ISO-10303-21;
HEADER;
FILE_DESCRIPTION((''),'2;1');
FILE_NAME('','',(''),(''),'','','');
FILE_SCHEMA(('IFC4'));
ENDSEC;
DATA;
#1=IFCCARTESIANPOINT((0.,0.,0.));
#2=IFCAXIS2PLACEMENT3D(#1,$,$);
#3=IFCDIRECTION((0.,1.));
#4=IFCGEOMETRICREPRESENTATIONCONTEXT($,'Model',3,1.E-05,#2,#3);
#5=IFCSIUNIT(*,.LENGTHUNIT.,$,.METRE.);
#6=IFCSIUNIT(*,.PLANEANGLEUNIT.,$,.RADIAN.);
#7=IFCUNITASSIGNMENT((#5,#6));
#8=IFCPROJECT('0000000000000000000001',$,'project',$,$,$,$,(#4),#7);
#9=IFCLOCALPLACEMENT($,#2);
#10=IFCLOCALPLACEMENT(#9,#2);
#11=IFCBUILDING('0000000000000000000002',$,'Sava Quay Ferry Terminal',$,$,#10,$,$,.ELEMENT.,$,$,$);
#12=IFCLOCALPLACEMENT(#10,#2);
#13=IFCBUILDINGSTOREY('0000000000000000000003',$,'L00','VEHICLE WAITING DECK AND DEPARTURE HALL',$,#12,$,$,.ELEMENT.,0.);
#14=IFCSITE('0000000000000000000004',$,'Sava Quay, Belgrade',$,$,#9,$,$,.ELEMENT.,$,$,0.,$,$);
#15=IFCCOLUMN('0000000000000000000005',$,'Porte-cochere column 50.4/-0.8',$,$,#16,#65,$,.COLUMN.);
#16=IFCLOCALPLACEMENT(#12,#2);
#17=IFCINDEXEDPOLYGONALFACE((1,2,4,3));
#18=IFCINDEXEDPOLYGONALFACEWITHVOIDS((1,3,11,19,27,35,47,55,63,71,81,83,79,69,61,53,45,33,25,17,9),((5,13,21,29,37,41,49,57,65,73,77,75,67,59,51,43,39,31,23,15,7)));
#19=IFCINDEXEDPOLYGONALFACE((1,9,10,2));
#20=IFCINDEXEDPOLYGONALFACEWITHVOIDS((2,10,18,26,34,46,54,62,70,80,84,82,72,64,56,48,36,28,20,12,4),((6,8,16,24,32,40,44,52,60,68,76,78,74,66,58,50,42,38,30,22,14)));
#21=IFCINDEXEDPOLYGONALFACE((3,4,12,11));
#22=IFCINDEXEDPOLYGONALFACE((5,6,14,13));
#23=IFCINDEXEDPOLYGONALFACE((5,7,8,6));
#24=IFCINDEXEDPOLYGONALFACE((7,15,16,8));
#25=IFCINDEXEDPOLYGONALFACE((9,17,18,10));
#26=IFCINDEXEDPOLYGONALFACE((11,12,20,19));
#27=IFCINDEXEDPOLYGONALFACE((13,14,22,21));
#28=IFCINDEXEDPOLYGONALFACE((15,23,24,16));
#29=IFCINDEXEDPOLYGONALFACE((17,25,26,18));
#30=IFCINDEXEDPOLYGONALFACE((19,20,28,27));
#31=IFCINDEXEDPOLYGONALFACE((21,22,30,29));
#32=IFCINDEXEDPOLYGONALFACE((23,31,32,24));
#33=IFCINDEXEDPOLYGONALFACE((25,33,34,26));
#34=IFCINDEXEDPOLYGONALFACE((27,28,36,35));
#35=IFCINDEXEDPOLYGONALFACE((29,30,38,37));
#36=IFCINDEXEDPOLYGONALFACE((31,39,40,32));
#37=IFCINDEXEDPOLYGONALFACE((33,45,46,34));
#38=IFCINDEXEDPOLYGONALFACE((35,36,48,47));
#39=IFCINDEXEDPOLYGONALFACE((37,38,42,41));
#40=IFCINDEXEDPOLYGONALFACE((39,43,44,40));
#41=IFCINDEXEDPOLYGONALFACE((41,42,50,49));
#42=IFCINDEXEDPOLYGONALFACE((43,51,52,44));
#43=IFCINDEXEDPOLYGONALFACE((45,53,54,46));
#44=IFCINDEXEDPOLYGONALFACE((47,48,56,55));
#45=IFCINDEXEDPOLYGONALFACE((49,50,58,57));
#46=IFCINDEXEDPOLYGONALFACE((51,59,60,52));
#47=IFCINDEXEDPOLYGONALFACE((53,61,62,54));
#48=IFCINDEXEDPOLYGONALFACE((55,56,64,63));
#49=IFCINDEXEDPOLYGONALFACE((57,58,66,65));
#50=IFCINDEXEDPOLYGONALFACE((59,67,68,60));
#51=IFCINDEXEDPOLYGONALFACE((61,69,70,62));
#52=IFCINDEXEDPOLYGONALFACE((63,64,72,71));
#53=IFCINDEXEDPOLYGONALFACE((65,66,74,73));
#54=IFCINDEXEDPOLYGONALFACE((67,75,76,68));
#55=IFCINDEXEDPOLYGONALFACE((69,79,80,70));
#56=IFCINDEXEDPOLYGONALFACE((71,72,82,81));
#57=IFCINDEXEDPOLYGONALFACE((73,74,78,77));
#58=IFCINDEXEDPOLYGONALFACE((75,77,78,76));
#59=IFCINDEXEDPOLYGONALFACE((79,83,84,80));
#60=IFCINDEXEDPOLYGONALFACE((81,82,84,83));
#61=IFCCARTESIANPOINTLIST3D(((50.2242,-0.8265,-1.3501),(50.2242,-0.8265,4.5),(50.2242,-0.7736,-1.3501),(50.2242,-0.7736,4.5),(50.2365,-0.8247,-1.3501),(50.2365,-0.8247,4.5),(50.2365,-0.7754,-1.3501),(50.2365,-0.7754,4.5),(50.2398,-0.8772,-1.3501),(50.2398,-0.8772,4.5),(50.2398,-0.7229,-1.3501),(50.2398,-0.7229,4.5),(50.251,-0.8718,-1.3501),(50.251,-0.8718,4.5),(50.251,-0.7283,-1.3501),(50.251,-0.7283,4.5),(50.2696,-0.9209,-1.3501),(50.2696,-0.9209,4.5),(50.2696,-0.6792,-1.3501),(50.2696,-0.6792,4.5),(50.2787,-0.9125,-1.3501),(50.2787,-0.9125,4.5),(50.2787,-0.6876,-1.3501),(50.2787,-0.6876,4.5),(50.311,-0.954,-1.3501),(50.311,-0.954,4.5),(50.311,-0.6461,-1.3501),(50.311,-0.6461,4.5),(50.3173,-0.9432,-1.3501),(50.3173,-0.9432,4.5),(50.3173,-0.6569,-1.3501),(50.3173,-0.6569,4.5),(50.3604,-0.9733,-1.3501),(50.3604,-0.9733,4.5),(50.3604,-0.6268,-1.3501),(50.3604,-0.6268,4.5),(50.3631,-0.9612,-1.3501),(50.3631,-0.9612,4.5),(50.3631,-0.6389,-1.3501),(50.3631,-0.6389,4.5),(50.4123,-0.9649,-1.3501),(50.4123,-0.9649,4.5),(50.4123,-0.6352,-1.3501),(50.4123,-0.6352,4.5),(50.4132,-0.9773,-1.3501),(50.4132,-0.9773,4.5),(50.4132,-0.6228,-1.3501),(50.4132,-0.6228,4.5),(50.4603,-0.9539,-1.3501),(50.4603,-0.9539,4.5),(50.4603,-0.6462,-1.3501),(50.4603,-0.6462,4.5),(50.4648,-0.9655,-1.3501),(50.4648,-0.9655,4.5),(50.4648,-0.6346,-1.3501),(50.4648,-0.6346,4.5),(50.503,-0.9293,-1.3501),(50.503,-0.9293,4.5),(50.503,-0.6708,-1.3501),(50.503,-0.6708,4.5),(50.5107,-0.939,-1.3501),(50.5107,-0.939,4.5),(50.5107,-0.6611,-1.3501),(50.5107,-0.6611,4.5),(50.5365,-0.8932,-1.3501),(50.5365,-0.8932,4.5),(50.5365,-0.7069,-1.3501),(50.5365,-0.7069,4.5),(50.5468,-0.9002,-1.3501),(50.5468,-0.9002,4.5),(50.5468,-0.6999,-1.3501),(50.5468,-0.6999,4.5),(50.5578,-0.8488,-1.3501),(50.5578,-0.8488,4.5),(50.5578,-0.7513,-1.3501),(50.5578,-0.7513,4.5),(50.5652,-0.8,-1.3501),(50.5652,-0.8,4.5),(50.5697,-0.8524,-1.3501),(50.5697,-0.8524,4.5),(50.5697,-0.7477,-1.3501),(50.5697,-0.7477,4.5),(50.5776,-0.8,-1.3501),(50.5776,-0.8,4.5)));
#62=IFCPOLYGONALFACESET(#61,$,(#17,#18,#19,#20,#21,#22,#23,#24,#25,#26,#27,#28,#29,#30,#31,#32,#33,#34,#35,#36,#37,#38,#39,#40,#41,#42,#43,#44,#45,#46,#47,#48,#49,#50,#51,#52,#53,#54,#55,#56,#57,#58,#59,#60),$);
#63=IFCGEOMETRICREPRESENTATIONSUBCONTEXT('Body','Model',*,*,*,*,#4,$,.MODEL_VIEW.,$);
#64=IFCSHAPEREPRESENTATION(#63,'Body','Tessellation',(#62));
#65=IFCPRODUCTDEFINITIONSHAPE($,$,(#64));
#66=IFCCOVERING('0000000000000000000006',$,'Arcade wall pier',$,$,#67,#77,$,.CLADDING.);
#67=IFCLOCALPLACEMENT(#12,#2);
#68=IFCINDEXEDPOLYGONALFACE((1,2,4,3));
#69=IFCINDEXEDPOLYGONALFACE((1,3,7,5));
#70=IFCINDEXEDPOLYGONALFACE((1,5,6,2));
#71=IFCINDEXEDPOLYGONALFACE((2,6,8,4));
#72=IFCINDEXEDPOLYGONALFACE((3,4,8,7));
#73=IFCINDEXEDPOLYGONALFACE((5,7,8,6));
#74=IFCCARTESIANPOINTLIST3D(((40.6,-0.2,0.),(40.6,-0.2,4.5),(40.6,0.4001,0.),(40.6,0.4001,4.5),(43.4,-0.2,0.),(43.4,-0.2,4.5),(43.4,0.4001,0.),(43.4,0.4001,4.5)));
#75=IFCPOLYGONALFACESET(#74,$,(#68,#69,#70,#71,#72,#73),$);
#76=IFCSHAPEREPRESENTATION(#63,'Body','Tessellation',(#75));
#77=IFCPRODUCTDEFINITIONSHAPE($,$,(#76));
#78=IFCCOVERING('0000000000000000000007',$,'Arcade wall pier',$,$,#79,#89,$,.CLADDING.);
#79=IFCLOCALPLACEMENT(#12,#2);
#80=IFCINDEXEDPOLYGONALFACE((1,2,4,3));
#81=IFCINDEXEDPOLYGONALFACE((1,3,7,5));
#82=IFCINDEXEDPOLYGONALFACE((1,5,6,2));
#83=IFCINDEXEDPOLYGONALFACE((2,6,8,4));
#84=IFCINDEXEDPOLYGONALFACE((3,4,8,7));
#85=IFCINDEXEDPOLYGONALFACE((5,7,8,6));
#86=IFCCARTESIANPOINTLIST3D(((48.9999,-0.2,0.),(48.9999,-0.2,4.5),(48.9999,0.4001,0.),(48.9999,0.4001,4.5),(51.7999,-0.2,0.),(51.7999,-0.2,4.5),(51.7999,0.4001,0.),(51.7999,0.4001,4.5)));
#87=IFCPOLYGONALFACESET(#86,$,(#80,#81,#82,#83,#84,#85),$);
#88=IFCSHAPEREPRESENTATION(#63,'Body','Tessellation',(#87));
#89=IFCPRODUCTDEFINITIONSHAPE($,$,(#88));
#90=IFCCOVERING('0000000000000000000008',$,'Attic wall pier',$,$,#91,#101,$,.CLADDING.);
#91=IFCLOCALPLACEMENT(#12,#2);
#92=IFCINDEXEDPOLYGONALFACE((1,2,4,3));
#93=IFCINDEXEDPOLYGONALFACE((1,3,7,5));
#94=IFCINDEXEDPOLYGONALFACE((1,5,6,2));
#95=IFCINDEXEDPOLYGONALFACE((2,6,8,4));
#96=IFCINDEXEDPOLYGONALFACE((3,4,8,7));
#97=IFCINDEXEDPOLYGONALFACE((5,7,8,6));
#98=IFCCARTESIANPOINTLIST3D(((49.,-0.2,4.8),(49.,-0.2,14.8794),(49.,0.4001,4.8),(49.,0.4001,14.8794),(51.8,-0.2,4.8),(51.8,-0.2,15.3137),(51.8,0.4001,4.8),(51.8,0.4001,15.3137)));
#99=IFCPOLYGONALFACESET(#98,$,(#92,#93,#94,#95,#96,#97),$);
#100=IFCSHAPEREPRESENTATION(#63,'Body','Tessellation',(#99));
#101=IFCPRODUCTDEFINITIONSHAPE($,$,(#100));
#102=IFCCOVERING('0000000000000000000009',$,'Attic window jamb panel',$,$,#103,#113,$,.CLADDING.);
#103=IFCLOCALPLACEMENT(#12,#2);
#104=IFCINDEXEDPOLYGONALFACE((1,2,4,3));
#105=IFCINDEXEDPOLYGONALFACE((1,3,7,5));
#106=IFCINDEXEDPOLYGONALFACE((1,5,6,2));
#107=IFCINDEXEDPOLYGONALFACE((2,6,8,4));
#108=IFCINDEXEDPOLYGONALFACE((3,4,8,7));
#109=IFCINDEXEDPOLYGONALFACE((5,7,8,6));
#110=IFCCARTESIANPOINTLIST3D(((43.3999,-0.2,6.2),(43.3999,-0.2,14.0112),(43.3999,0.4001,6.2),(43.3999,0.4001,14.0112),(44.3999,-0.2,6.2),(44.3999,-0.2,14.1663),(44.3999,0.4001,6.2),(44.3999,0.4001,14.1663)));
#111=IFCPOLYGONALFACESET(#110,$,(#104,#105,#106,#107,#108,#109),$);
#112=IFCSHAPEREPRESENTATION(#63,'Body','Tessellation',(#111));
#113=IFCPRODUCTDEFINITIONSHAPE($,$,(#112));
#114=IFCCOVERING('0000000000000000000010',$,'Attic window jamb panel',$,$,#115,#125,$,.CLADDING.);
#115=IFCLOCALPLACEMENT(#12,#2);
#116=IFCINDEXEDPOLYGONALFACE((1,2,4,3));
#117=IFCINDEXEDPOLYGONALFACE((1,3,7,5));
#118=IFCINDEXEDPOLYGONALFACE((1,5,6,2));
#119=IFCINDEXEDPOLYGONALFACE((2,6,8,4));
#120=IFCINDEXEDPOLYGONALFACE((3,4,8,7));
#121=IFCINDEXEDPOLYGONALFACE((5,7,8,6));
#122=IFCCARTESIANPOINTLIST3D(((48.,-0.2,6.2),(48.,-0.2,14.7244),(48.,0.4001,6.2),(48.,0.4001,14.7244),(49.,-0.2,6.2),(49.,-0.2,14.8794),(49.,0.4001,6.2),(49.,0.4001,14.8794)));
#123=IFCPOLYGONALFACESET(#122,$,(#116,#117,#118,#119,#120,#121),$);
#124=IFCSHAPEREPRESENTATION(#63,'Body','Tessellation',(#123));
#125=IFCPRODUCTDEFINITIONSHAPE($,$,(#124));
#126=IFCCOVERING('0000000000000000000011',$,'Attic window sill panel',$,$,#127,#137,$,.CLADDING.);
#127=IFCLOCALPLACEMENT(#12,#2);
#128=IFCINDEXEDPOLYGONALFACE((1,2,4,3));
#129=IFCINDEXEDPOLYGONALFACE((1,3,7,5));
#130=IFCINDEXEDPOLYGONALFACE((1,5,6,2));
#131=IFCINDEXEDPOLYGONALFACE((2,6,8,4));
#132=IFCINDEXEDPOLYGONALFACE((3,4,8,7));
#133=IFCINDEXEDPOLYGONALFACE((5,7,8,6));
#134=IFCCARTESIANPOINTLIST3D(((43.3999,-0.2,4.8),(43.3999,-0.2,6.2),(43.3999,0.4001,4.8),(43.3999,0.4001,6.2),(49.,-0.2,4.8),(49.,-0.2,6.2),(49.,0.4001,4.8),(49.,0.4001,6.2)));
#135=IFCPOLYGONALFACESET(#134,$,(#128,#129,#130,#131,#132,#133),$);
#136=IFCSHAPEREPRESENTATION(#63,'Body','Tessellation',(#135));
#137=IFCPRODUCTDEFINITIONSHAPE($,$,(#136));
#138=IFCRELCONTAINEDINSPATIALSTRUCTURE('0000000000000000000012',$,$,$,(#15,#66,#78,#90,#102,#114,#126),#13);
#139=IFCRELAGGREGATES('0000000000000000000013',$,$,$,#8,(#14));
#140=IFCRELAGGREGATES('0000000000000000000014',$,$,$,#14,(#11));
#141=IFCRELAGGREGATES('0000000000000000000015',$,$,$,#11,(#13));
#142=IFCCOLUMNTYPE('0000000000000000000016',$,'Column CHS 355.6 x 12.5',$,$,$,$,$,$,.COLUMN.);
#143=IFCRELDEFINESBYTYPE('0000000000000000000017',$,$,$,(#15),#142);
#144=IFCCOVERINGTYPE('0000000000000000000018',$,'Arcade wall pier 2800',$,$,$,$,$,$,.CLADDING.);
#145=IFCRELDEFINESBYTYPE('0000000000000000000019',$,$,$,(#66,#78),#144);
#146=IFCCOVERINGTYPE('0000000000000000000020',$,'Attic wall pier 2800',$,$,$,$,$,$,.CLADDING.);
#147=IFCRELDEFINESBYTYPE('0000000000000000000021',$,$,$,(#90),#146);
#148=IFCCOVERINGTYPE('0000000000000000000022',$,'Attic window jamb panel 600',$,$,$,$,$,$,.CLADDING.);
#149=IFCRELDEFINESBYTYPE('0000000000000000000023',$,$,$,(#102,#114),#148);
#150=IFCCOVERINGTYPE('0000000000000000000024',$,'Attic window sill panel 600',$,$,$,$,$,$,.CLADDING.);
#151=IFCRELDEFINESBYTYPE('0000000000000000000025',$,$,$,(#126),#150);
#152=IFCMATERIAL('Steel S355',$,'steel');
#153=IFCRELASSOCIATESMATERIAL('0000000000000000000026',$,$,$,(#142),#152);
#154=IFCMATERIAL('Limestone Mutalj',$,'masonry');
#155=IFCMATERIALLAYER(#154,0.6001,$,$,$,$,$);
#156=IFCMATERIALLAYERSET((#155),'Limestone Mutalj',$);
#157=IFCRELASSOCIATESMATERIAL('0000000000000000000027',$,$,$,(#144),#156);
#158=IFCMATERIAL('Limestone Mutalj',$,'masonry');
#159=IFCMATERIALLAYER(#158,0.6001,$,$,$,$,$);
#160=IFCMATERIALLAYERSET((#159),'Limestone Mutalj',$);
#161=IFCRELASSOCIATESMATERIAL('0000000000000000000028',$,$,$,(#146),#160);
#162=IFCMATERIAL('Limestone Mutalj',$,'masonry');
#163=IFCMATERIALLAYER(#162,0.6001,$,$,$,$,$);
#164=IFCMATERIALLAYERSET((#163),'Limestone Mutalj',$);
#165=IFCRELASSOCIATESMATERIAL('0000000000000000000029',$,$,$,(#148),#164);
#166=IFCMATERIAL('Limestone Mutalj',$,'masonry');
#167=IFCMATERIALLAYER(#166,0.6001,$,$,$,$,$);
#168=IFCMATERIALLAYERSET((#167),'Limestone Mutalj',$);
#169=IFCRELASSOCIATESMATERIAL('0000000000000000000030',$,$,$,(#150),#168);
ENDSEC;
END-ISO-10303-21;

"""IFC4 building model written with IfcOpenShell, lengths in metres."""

from ifc_helpers import new_model, si_unit, direction, frame, origin, origin_2d, place, context, subcontext, project, spatial, polyline, rectangle, hollow_circle, outline, extrude, material, layer, layer_set, material_profile, profile_set, type_object, element, save


model = new_model("IFC4")

# Units and contexts
model_context = context("Model", 3, precision=1e-05, world=origin(), true_north=direction((0.0, 1.0)))
body_context = subcontext(model_context, "Body", "Model", "MODEL_VIEW")
ifc_project = project(units=[si_unit("LENGTHUNIT", "METRE"), si_unit("PLANEANGLEUNIT", "RADIAN")], contexts=[model_context])

# Site, building, storey
site_placement = place(None, origin())
site = spatial("IfcSite", under=ifc_project, at=site_placement, Name="Sava Quay, Belgrade", CompositionType="ELEMENT", RefElevation=0.0)
building_placement = place(site_placement, origin())
building = spatial("IfcBuilding", under=site, at=building_placement, Name="Sava Quay Ferry Terminal", CompositionType="ELEMENT")
storey_placement = place(building_placement, origin())
storey = spatial("IfcBuildingStorey", under=building, at=storey_placement, Name="L00", Description="VEHICLE WAITING DECK AND DEPARTURE HALL", CompositionType="ELEMENT", Elevation=0.0)

# Column
ifc_material_1 = material(Name="Steel S355", Category="steel")
ifc_material_profile_1 = material_profile(ifc_material_1, hollow_circle(Radius=0.1777, WallThickness=0.0125, at=origin_2d()), Name="CHS 355.6 x 12.5")
ifc_profile_set_1 = profile_set([ifc_material_profile_1], Name="Steel S355")
column_type = type_object("IfcColumnType", Name="Column CHS 355.6 x 12.5", PredefinedType="COLUMN", material=ifc_profile_set_1)
for number, where, z_axis, x_axis, name in (
    (1, (50.3999, -0.8, -1.3501), (0.0, 0.0, 1.0), (1.0, 0.0, 0.0), "Porte-cochere column 50.4/-0.8"),
):
    element("IfcColumn", number, at=place(storey_placement, frame(where, z_axis=z_axis, x_axis=x_axis)), inside=storey, type_object=column_type, Name=name, PredefinedType="COLUMN", context=body_context, shape_type="SweptSolid", body=[
        extrude(hollow_circle(Radius=0.1777, WallThickness=0.0125, at=origin_2d()), origin(), (0.0, 0.0, 1.0), 5.8501),
    ])

# Coverings
ifc_material_2 = material(Name="Limestone Mutalj", Category="masonry")
ifc_layer_1 = layer(ifc_material_2, 0.6001)
ifc_layer_set_1 = layer_set([ifc_layer_1], Name="Limestone Mutalj")
covering_type_1 = type_object("IfcCoveringType", Name="Arcade wall pier 2800", PredefinedType="CLADDING", material=ifc_layer_set_1)
for number, where, z_axis, x_axis, name in (
    (2, (42.0, 0.1001, 0.0), (0.0, 0.0, 1.0), (1.0, 0.0, 0.0), "Arcade wall pier"),
    (3, (50.3999, 0.1001, 0.0), (0.0, 0.0, 1.0), (1.0, 0.0, 0.0), "Arcade wall pier"),
):
    element("IfcCovering", number, at=place(storey_placement, frame(where, z_axis=z_axis, x_axis=x_axis)), inside=storey, type_object=covering_type_1, Name=name, PredefinedType="CLADDING", context=body_context, shape_type="SweptSolid", body=[
        extrude(rectangle(XDim=2.8, YDim=0.6001, at=origin_2d()), origin(), (0.0, 0.0, 1.0), 4.5),
    ])
ifc_material_3 = material(Name="Limestone Mutalj", Category="masonry")
ifc_layer_2 = layer(ifc_material_3, 0.6001)
ifc_layer_set_2 = layer_set([ifc_layer_2], Name="Limestone Mutalj")
covering_type_2 = type_object("IfcCoveringType", Name="Attic wall pier 2800", PredefinedType="CLADDING", material=ifc_layer_set_2)
covering_1_placement = place(storey_placement, frame((49.0, -0.2, 4.8), z_axis=(0.0, -1.0, 0.0), x_axis=(1.0, 0.0, 0.0)))
element("IfcCovering", 4, at=covering_1_placement, inside=storey, type_object=covering_type_2, Name="Attic wall pier", PredefinedType="CLADDING", context=body_context, shape_type="SweptSolid", body=[
    extrude(outline(polyline([(0.0, 0.0), (2.8, 0.0), (2.8, 10.5137), (0.0, 10.0793), (0.0, 0.0)])), origin(), (0.0, 0.0, -1.0), 0.6001),
])
ifc_material_4 = material(Name="Limestone Mutalj", Category="masonry")
ifc_layer_3 = layer(ifc_material_4, 0.6001)
ifc_layer_set_3 = layer_set([ifc_layer_3], Name="Limestone Mutalj")
covering_type_3 = type_object("IfcCoveringType", Name="Attic window jamb panel 600", PredefinedType="CLADDING", material=ifc_layer_set_3)
covering_2_placement = place(storey_placement, frame((43.3999, -0.2, 6.2), z_axis=(0.0, -1.0, 0.0), x_axis=(1.0, 0.0, 0.0)))
element("IfcCovering", 5, at=covering_2_placement, inside=storey, type_object=covering_type_3, Name="Attic window jamb panel", PredefinedType="CLADDING", context=body_context, shape_type="SweptSolid", body=[
    extrude(outline(polyline([(0.0, 0.0), (1.0, 0.0), (1.0, 7.9663), (0.0, 7.8113), (0.0, 0.0)])), origin(), (0.0, 0.0, -1.0), 0.6001),
])
covering_3_placement = place(storey_placement, frame((48.0, -0.2, 6.2), z_axis=(0.0, -1.0, 0.0), x_axis=(1.0, 0.0, 0.0)))
element("IfcCovering", 6, at=covering_3_placement, inside=storey, type_object=covering_type_3, Name="Attic window jamb panel", PredefinedType="CLADDING", context=body_context, shape_type="SweptSolid", body=[
    extrude(outline(polyline([(0.0, 0.0), (1.0, 0.0), (1.0, 8.6794), (0.0, 8.5244), (0.0, 0.0)])), origin(), (0.0, 0.0, -1.0), 0.6001),
])
ifc_material_5 = material(Name="Limestone Mutalj", Category="masonry")
ifc_layer_4 = layer(ifc_material_5, 0.6001)
ifc_layer_set_4 = layer_set([ifc_layer_4], Name="Limestone Mutalj")
covering_type_4 = type_object("IfcCoveringType", Name="Attic window sill panel 600", PredefinedType="CLADDING", material=ifc_layer_set_4)
covering_4_placement = place(storey_placement, frame((43.3999, -0.2, 4.8), z_axis=(0.0, -1.0, 0.0), x_axis=(1.0, 0.0, 0.0)))
element("IfcCovering", 7, at=covering_4_placement, inside=storey, type_object=covering_type_4, Name="Attic window sill panel", PredefinedType="CLADDING", context=body_context, shape_type="SweptSolid", body=[
    extrude(outline(polyline([(0.0, 0.0), (5.6001, 0.0), (5.6001, 1.3999), (0.0, 1.3999), (0.0, 0.0)])), origin(), (0.0, 0.0, -1.0), 0.6001),
])

save(model, "model.ifc")
